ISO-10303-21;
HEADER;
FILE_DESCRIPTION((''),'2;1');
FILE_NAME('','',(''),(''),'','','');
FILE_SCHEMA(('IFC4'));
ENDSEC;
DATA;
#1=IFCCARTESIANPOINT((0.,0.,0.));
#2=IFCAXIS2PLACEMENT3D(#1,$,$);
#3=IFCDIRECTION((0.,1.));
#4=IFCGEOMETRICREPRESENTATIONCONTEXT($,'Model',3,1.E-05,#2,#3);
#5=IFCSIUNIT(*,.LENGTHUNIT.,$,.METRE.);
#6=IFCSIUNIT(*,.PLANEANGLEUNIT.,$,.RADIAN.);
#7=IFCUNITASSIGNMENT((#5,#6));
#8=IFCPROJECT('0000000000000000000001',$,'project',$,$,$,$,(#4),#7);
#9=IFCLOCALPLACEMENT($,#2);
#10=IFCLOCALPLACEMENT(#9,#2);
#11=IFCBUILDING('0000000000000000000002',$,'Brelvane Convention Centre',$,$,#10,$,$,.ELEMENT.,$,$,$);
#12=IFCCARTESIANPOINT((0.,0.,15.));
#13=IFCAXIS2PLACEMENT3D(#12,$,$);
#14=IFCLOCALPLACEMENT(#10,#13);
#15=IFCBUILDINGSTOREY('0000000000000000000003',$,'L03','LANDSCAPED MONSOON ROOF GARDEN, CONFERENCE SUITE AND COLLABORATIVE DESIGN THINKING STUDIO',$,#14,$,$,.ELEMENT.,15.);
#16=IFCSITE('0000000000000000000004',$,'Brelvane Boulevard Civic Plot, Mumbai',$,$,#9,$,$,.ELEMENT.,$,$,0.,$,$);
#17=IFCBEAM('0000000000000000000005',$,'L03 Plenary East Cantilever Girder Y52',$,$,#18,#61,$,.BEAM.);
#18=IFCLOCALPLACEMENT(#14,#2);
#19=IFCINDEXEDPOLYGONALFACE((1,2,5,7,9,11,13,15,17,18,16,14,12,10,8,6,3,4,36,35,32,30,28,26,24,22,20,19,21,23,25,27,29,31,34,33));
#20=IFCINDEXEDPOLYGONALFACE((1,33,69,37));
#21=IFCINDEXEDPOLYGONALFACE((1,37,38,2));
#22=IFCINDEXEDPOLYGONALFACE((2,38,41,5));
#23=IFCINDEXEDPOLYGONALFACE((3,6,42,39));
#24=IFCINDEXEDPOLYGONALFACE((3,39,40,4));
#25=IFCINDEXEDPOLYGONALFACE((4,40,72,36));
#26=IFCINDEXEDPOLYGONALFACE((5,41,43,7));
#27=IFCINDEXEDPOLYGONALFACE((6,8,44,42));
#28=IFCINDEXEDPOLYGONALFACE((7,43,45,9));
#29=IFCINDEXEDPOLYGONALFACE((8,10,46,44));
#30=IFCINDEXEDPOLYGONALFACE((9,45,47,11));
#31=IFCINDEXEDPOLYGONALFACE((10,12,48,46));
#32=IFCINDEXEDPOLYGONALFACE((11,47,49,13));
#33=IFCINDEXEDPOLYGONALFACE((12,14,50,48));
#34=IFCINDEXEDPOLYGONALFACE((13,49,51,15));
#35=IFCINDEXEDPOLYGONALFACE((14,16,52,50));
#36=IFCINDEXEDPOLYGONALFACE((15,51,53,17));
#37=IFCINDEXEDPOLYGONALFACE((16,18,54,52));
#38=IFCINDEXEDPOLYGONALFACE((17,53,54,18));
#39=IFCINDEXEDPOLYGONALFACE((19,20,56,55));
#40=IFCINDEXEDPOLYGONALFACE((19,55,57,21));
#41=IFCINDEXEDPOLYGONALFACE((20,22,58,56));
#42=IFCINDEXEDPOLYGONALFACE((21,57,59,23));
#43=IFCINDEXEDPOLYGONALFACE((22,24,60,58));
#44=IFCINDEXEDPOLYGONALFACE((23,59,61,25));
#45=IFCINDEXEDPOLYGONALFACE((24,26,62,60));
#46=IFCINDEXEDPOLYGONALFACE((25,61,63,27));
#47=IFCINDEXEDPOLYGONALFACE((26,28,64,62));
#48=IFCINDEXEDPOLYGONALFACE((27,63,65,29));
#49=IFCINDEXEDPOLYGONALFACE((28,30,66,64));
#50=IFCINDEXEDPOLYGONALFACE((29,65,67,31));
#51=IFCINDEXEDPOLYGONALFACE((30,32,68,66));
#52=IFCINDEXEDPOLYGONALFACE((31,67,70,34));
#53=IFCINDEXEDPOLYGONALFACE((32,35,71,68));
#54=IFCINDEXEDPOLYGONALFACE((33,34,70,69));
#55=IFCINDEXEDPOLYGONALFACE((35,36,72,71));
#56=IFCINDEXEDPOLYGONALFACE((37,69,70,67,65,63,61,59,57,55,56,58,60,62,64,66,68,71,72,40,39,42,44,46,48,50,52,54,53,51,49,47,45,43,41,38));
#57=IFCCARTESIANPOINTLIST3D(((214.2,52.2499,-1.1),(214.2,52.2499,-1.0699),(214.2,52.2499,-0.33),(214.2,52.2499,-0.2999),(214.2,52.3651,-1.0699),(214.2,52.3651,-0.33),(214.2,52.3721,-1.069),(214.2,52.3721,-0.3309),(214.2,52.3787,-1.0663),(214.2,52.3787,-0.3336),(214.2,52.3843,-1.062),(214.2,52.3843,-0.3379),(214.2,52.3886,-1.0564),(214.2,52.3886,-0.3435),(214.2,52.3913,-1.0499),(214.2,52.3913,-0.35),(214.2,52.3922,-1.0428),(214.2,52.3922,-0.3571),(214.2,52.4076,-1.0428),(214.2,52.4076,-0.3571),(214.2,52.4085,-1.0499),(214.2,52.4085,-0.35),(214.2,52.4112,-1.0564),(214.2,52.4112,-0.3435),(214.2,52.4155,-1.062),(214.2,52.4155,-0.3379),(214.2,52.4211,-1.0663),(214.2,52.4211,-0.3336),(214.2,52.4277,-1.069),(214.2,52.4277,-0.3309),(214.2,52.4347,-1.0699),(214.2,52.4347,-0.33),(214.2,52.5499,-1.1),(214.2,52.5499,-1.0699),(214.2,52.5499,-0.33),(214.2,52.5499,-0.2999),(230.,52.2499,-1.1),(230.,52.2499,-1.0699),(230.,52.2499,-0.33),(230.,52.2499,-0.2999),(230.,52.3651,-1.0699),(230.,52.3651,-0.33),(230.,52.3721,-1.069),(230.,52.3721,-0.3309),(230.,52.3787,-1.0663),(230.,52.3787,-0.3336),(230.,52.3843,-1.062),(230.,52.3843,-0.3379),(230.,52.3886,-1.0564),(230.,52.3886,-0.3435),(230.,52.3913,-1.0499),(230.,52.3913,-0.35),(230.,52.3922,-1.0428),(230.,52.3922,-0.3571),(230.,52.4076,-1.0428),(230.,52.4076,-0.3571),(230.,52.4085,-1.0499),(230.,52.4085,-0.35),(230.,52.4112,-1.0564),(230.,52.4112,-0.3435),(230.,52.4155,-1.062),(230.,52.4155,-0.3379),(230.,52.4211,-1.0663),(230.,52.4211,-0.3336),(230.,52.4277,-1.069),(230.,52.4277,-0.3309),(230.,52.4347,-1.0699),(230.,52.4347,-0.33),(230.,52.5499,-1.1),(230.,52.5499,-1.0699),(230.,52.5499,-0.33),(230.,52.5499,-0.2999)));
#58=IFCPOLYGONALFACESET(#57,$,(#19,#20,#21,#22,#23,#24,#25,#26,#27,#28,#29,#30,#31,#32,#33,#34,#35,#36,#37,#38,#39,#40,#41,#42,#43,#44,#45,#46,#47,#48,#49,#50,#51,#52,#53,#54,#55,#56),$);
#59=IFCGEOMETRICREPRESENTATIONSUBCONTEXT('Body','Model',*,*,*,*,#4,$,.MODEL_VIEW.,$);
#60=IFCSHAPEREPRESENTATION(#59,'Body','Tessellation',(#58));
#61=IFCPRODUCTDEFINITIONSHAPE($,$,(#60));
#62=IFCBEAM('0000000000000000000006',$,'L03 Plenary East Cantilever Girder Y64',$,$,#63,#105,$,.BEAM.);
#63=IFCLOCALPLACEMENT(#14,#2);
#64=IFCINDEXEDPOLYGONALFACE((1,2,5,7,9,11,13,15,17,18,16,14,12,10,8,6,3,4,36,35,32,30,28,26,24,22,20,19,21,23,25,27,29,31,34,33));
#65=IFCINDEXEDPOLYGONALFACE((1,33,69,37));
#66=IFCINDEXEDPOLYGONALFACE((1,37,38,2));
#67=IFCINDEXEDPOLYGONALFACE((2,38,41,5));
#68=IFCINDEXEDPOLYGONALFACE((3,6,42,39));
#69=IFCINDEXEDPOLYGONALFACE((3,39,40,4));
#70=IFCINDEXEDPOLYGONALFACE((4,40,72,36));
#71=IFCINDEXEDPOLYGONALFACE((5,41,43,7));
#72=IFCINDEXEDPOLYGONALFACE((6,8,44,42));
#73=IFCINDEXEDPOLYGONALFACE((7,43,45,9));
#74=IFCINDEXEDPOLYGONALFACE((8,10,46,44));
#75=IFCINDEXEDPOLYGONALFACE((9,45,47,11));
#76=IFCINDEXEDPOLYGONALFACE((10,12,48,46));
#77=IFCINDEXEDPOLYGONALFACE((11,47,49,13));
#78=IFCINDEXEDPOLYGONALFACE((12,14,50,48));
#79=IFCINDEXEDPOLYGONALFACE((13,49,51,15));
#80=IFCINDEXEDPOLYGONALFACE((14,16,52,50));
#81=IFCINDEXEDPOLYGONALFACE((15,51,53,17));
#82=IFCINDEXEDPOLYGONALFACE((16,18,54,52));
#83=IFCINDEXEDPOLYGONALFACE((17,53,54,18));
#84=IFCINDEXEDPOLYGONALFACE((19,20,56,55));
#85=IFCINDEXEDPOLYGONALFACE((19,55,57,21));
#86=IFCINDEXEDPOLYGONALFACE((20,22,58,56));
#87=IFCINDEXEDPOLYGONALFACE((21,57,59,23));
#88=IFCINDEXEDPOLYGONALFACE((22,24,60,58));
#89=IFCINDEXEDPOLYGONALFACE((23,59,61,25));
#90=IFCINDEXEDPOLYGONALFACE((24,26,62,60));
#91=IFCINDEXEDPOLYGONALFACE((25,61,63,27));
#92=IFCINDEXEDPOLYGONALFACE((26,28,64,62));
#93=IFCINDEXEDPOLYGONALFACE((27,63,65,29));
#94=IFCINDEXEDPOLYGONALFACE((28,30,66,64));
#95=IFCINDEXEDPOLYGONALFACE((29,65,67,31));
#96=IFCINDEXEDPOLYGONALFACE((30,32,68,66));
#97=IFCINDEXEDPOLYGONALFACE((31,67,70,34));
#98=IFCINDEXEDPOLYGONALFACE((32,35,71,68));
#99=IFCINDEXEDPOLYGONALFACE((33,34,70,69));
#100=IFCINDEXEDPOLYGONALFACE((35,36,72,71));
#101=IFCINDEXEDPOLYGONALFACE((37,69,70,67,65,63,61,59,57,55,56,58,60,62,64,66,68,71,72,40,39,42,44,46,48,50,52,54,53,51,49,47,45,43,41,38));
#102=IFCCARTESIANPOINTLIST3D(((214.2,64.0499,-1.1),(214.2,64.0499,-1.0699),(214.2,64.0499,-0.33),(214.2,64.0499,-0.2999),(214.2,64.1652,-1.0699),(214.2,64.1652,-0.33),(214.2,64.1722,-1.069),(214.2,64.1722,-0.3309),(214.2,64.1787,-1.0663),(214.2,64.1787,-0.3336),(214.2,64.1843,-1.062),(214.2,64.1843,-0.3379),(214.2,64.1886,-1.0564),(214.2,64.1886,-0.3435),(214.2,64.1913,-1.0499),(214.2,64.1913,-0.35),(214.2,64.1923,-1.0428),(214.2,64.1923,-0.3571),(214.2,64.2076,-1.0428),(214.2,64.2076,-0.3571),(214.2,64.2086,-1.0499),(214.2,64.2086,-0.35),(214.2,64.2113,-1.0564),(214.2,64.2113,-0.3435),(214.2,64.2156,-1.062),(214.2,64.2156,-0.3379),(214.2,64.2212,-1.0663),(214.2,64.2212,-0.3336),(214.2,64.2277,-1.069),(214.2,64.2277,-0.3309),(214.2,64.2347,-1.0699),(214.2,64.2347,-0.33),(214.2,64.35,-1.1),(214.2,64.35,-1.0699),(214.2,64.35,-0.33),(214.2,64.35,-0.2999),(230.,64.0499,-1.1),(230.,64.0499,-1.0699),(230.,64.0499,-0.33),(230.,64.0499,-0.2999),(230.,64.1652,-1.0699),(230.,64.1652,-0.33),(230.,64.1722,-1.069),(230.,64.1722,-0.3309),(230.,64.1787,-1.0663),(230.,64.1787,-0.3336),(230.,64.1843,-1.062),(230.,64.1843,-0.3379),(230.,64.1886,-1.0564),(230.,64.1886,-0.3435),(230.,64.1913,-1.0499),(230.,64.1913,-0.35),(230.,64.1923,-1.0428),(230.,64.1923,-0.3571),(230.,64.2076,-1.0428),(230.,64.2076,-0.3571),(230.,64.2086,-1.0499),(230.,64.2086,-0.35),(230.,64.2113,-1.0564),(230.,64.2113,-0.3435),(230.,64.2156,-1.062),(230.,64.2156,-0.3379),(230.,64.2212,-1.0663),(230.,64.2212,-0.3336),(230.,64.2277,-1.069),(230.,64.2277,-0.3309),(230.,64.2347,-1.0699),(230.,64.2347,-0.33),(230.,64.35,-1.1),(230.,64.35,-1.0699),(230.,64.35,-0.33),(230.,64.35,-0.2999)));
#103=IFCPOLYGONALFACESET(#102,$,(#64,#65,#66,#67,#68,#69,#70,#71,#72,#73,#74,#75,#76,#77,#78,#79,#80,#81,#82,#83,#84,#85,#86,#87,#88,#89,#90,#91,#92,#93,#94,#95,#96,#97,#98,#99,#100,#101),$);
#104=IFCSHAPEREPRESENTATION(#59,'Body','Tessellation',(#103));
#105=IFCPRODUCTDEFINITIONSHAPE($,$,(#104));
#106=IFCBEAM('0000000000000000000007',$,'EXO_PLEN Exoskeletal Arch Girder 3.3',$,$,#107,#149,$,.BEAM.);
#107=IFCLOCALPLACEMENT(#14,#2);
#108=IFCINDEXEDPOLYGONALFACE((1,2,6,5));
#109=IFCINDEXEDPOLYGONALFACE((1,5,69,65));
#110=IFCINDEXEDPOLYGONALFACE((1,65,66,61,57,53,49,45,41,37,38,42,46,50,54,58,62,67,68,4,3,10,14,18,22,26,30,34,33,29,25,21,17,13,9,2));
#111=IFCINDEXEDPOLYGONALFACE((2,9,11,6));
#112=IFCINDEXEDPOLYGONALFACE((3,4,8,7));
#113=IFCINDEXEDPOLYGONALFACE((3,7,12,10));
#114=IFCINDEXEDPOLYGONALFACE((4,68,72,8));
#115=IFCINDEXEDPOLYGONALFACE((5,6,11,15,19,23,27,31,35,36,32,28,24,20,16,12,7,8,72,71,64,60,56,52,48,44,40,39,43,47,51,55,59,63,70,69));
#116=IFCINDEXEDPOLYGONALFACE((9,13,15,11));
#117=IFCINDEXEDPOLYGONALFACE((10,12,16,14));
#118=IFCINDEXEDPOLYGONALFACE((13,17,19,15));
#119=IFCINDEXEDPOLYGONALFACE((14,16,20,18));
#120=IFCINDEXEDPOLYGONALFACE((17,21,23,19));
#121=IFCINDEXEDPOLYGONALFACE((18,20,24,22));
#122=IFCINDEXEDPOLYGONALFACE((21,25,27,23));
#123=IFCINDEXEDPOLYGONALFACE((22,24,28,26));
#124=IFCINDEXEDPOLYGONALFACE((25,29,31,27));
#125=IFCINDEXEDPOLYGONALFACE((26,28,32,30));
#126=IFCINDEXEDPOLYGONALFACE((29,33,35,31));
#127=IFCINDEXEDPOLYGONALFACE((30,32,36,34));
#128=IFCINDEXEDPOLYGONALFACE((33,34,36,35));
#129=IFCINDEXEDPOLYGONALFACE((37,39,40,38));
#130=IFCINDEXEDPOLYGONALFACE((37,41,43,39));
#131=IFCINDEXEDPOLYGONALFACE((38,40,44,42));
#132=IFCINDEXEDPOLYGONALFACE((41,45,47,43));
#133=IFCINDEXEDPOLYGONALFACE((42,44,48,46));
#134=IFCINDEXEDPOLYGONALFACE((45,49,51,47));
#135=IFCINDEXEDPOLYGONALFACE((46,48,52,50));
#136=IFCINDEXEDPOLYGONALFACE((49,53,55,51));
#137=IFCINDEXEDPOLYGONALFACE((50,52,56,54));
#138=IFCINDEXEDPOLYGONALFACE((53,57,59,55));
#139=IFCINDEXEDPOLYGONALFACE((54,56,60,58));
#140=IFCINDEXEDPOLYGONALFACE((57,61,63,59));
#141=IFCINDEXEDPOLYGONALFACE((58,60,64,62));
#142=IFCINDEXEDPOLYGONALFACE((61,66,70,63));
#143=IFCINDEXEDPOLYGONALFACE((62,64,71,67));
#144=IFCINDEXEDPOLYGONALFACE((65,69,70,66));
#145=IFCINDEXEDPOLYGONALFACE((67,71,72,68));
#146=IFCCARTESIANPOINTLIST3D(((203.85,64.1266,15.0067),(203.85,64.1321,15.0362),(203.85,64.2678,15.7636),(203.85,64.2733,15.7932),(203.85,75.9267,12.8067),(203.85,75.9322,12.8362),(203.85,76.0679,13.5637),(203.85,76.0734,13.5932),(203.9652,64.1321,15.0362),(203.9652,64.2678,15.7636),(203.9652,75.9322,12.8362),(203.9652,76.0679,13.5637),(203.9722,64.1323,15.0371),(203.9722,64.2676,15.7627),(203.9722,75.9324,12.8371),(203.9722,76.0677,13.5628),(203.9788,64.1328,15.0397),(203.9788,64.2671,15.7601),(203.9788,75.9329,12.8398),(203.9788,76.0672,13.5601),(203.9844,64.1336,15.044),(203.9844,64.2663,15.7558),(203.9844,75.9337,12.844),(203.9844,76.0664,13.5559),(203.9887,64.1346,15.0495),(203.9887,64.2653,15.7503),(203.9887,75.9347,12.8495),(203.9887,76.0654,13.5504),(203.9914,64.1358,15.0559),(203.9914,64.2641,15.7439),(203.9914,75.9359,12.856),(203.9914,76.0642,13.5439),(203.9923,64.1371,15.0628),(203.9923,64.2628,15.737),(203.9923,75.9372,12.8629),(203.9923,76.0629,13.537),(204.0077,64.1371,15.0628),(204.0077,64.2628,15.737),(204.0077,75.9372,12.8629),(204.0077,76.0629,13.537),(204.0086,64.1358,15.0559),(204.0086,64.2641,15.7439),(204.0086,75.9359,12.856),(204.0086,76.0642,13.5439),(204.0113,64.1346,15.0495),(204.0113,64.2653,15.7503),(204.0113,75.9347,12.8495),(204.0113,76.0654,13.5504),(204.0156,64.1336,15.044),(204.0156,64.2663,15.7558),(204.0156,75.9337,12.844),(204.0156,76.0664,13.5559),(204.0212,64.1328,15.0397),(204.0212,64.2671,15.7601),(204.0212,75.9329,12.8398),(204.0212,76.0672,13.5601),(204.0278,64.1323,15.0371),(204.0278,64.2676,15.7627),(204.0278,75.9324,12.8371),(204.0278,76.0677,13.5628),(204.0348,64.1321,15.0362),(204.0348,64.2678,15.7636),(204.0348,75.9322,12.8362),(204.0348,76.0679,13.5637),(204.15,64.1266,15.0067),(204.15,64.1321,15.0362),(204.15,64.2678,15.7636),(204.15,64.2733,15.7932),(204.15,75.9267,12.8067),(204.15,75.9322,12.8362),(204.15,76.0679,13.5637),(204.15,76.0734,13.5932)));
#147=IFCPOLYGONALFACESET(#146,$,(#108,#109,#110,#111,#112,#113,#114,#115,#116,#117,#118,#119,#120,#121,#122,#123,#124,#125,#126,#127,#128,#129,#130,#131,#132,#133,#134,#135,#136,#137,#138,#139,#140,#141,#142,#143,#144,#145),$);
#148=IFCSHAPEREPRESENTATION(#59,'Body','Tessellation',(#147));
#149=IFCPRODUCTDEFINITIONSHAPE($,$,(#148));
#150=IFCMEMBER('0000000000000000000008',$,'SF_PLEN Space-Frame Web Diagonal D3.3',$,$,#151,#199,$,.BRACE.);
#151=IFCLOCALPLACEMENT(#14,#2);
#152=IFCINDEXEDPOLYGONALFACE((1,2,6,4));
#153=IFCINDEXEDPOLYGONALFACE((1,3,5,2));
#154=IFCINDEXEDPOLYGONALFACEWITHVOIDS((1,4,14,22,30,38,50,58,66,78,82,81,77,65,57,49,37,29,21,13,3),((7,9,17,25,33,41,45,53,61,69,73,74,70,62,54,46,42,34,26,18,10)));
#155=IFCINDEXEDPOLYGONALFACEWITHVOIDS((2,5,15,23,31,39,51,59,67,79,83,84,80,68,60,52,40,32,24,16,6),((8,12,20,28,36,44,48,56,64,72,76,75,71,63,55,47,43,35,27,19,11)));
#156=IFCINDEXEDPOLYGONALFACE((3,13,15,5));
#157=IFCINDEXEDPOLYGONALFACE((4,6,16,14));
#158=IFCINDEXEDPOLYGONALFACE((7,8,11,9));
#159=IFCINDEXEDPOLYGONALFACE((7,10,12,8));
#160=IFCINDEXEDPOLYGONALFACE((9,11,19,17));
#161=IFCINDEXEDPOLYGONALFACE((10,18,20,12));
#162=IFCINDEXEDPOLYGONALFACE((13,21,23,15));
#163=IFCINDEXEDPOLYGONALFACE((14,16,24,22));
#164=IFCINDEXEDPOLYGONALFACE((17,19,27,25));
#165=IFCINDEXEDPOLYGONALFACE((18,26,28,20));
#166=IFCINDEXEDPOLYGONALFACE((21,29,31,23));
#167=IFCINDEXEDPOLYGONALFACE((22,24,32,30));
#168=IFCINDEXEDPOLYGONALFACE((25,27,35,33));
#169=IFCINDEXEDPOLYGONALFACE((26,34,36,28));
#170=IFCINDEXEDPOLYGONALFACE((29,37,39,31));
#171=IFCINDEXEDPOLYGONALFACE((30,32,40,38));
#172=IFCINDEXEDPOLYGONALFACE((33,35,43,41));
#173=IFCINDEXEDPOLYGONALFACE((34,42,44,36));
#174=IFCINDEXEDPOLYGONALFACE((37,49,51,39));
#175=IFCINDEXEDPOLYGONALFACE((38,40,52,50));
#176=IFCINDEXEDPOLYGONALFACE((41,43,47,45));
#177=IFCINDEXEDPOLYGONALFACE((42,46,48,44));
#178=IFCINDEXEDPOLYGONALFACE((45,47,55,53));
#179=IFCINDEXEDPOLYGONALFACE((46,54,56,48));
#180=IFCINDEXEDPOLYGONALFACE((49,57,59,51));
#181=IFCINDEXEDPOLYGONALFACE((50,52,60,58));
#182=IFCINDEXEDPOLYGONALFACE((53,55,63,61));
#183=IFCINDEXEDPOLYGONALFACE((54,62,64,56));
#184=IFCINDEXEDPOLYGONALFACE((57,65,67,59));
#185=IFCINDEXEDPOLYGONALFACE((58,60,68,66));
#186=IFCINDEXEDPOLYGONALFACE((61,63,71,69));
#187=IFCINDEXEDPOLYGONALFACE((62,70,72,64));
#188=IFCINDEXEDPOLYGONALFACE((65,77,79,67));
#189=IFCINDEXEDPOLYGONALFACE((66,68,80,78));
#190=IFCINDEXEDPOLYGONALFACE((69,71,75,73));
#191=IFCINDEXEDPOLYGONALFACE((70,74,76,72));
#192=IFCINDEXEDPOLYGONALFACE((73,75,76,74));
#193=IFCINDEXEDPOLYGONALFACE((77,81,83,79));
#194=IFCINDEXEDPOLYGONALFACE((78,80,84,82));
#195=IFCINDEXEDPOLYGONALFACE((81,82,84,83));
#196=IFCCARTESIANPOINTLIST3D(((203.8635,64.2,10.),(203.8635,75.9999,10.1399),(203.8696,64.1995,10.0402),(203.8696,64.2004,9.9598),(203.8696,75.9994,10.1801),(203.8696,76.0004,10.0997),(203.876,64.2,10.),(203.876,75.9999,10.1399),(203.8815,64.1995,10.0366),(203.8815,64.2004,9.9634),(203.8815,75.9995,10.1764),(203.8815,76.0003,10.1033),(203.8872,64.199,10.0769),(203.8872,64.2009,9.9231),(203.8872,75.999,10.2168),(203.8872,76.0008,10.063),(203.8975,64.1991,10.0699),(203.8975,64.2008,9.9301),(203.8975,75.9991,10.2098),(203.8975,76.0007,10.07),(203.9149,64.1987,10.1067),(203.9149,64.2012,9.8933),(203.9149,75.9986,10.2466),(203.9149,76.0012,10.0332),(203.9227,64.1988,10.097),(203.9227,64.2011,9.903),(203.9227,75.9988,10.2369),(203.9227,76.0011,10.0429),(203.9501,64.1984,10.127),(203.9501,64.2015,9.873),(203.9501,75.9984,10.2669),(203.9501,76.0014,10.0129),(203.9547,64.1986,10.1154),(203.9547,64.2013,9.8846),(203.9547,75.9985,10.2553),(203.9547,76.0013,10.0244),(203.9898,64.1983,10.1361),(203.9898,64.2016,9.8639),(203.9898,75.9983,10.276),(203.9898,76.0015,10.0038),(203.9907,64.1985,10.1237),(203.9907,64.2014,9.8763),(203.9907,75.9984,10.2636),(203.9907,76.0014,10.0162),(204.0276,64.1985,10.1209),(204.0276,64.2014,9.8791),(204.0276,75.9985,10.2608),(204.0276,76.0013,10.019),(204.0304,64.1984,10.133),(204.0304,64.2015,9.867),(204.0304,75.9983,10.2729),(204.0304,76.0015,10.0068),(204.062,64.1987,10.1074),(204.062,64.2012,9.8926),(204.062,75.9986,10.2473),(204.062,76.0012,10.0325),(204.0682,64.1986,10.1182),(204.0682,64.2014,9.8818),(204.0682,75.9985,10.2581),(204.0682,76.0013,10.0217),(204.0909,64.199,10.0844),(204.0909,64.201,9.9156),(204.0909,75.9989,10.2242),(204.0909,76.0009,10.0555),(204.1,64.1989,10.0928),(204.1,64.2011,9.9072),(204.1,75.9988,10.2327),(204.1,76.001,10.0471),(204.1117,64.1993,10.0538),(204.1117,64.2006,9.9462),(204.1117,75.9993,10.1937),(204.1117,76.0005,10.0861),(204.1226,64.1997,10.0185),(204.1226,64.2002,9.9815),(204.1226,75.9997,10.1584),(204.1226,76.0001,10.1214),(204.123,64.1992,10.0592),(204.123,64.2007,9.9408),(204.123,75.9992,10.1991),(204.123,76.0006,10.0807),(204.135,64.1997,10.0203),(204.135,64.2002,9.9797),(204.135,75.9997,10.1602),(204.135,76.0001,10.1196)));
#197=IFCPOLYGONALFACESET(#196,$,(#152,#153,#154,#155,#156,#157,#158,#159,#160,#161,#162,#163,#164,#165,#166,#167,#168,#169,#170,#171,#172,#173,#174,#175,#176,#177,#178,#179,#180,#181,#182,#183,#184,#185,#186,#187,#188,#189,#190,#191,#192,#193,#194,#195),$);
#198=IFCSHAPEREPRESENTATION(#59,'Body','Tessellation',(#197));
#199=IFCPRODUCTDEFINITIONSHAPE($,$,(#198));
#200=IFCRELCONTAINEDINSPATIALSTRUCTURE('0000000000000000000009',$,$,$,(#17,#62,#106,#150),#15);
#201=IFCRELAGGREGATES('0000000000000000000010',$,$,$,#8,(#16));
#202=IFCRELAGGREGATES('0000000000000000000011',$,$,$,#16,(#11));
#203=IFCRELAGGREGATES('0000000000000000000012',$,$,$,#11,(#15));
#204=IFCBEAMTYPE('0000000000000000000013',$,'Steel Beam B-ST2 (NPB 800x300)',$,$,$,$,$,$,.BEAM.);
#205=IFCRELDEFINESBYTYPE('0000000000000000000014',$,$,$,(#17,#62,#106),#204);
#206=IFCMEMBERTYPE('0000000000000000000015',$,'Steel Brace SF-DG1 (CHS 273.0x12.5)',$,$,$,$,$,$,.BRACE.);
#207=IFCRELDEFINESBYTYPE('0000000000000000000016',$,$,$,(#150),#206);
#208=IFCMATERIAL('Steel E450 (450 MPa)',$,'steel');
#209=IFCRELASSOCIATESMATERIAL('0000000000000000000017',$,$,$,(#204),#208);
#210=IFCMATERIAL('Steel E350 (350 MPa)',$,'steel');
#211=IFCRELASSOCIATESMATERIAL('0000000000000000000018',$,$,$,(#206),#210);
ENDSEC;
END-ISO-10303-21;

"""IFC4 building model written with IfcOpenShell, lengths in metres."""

from ifc_helpers import new_model, si_unit, direction, frame, origin, origin_2d, place, context, subcontext, project, spatial, hollow_circle, i_section, extrude, material, material_profile, profile_set, type_object, element, save


model = new_model("IFC4")

# Units and contexts
model_context = context("Model", 3, precision=1e-05, world=origin(), true_north=direction((0.0, 1.0)))
body_context = subcontext(model_context, "Body", "Model", "MODEL_VIEW")
ifc_project = project(units=[si_unit("LENGTHUNIT", "METRE"), si_unit("PLANEANGLEUNIT", "RADIAN")], contexts=[model_context])

# Site, building, storey
site_placement = place(None, origin())
site = spatial("IfcSite", under=ifc_project, at=site_placement, Name="Brelvane Boulevard Civic Plot, Mumbai", CompositionType="ELEMENT", RefElevation=0.0)
building_placement = place(site_placement, origin())
building = spatial("IfcBuilding", under=site, at=building_placement, Name="Brelvane Convention Centre", CompositionType="ELEMENT")
storey_placement = place(building_placement, frame((0.0, 0.0, 15.0)))
storey = spatial("IfcBuildingStorey", under=building, at=storey_placement, Name="L03", Description="LANDSCAPED MONSOON ROOF GARDEN, CONFERENCE SUITE AND COLLABORATIVE DESIGN THINKING STUDIO", CompositionType="ELEMENT", Elevation=15.0)

# Beams
ifc_material_1 = material(Name="Steel E450 (450 MPa)", Category="steel")
ifc_material_profile_1 = material_profile(ifc_material_1, i_section(OverallWidth=0.3, OverallDepth=0.8, WebThickness=0.0154, FlangeThickness=0.03, FilletRadius=0.0271, at=origin_2d()), Name="NPB 800x300")
ifc_profile_set_1 = profile_set([ifc_material_profile_1], Name="Steel E450 (450 MPa)")
beam_type_1 = type_object("IfcBeamType", Name="Steel Beam B-ST2 (NPB 800x300)", PredefinedType="BEAM", material=ifc_profile_set_1)
for number, where, z_axis, x_axis, name in (
    (1, (214.2, 52.3999, -0.7), (1.0, 0.0, 0.0), (0.0, 1.0, 0.0), "L03 Plenary East Cantilever Girder Y52"),
    (2, (214.2, 64.2, -0.7), (1.0, 0.0, 0.0), (0.0, 1.0, 0.0), "L03 Plenary East Cantilever Girder Y64"),
):
    element("IfcBeam", number, at=place(storey_placement, frame(where, z_axis=z_axis, x_axis=x_axis)), inside=storey, type_object=beam_type_1, Name=name, PredefinedType="BEAM", context=body_context, shape_type="SweptSolid", body=[
        extrude(i_section(OverallWidth=0.3, OverallDepth=0.8, WebThickness=0.0154, FlangeThickness=0.03, FilletRadius=0.0271, at=origin_2d()), origin(), (0.0, 0.0, 1.0), 15.8),
    ])
beam_placement = place(storey_placement, frame((204.0, 64.2, 15.3999), z_axis=(0.0, 0.983061, -0.183278), x_axis=(-1.0, 0.0, 0.0)))
element("IfcBeam", 3, at=beam_placement, inside=storey, type_object=beam_type_1, Name="EXO_PLEN Exoskeletal Arch Girder 3.3", PredefinedType="BEAM", context=body_context, shape_type="SweptSolid", body=[
    extrude(i_section(OverallWidth=0.3, OverallDepth=0.8, WebThickness=0.0154, FlangeThickness=0.03, FilletRadius=0.0271, at=origin_2d()), origin(), (0.0, 0.0, 1.0), 12.0034),
])

# Member
ifc_material_2 = material(Name="Steel E350 (350 MPa)", Category="steel")
ifc_material_profile_2 = material_profile(ifc_material_2, hollow_circle(Radius=0.1365, WallThickness=0.0125, at=origin_2d()), Name="CHS 273.0x12.5")
ifc_profile_set_2 = profile_set([ifc_material_profile_2], Name="Steel E350 (350 MPa)")
member_type_1 = type_object("IfcMemberType", Name="Steel Brace SF-DG1 (CHS 273.0x12.5)", PredefinedType="BRACE", material=ifc_profile_set_2)
member_1_placement = place(storey_placement, frame((204.0, 64.2, 10.0), z_axis=(0.0, 0.99993, 0.011854), x_axis=(-1.0, 0.0, 0.0)))
element("IfcMember", 4, at=member_1_placement, inside=storey, type_object=member_type_1, Name="SF_PLEN Space-Frame Web Diagonal D3.3", PredefinedType="BRACE", context=body_context, shape_type="SweptSolid", body=[
    extrude(hollow_circle(Radius=0.1365, WallThickness=0.0125, at=origin_2d()), origin(), (0.0, 0.0, 1.0), 11.8008),
])

save(model, "model.ifc")
